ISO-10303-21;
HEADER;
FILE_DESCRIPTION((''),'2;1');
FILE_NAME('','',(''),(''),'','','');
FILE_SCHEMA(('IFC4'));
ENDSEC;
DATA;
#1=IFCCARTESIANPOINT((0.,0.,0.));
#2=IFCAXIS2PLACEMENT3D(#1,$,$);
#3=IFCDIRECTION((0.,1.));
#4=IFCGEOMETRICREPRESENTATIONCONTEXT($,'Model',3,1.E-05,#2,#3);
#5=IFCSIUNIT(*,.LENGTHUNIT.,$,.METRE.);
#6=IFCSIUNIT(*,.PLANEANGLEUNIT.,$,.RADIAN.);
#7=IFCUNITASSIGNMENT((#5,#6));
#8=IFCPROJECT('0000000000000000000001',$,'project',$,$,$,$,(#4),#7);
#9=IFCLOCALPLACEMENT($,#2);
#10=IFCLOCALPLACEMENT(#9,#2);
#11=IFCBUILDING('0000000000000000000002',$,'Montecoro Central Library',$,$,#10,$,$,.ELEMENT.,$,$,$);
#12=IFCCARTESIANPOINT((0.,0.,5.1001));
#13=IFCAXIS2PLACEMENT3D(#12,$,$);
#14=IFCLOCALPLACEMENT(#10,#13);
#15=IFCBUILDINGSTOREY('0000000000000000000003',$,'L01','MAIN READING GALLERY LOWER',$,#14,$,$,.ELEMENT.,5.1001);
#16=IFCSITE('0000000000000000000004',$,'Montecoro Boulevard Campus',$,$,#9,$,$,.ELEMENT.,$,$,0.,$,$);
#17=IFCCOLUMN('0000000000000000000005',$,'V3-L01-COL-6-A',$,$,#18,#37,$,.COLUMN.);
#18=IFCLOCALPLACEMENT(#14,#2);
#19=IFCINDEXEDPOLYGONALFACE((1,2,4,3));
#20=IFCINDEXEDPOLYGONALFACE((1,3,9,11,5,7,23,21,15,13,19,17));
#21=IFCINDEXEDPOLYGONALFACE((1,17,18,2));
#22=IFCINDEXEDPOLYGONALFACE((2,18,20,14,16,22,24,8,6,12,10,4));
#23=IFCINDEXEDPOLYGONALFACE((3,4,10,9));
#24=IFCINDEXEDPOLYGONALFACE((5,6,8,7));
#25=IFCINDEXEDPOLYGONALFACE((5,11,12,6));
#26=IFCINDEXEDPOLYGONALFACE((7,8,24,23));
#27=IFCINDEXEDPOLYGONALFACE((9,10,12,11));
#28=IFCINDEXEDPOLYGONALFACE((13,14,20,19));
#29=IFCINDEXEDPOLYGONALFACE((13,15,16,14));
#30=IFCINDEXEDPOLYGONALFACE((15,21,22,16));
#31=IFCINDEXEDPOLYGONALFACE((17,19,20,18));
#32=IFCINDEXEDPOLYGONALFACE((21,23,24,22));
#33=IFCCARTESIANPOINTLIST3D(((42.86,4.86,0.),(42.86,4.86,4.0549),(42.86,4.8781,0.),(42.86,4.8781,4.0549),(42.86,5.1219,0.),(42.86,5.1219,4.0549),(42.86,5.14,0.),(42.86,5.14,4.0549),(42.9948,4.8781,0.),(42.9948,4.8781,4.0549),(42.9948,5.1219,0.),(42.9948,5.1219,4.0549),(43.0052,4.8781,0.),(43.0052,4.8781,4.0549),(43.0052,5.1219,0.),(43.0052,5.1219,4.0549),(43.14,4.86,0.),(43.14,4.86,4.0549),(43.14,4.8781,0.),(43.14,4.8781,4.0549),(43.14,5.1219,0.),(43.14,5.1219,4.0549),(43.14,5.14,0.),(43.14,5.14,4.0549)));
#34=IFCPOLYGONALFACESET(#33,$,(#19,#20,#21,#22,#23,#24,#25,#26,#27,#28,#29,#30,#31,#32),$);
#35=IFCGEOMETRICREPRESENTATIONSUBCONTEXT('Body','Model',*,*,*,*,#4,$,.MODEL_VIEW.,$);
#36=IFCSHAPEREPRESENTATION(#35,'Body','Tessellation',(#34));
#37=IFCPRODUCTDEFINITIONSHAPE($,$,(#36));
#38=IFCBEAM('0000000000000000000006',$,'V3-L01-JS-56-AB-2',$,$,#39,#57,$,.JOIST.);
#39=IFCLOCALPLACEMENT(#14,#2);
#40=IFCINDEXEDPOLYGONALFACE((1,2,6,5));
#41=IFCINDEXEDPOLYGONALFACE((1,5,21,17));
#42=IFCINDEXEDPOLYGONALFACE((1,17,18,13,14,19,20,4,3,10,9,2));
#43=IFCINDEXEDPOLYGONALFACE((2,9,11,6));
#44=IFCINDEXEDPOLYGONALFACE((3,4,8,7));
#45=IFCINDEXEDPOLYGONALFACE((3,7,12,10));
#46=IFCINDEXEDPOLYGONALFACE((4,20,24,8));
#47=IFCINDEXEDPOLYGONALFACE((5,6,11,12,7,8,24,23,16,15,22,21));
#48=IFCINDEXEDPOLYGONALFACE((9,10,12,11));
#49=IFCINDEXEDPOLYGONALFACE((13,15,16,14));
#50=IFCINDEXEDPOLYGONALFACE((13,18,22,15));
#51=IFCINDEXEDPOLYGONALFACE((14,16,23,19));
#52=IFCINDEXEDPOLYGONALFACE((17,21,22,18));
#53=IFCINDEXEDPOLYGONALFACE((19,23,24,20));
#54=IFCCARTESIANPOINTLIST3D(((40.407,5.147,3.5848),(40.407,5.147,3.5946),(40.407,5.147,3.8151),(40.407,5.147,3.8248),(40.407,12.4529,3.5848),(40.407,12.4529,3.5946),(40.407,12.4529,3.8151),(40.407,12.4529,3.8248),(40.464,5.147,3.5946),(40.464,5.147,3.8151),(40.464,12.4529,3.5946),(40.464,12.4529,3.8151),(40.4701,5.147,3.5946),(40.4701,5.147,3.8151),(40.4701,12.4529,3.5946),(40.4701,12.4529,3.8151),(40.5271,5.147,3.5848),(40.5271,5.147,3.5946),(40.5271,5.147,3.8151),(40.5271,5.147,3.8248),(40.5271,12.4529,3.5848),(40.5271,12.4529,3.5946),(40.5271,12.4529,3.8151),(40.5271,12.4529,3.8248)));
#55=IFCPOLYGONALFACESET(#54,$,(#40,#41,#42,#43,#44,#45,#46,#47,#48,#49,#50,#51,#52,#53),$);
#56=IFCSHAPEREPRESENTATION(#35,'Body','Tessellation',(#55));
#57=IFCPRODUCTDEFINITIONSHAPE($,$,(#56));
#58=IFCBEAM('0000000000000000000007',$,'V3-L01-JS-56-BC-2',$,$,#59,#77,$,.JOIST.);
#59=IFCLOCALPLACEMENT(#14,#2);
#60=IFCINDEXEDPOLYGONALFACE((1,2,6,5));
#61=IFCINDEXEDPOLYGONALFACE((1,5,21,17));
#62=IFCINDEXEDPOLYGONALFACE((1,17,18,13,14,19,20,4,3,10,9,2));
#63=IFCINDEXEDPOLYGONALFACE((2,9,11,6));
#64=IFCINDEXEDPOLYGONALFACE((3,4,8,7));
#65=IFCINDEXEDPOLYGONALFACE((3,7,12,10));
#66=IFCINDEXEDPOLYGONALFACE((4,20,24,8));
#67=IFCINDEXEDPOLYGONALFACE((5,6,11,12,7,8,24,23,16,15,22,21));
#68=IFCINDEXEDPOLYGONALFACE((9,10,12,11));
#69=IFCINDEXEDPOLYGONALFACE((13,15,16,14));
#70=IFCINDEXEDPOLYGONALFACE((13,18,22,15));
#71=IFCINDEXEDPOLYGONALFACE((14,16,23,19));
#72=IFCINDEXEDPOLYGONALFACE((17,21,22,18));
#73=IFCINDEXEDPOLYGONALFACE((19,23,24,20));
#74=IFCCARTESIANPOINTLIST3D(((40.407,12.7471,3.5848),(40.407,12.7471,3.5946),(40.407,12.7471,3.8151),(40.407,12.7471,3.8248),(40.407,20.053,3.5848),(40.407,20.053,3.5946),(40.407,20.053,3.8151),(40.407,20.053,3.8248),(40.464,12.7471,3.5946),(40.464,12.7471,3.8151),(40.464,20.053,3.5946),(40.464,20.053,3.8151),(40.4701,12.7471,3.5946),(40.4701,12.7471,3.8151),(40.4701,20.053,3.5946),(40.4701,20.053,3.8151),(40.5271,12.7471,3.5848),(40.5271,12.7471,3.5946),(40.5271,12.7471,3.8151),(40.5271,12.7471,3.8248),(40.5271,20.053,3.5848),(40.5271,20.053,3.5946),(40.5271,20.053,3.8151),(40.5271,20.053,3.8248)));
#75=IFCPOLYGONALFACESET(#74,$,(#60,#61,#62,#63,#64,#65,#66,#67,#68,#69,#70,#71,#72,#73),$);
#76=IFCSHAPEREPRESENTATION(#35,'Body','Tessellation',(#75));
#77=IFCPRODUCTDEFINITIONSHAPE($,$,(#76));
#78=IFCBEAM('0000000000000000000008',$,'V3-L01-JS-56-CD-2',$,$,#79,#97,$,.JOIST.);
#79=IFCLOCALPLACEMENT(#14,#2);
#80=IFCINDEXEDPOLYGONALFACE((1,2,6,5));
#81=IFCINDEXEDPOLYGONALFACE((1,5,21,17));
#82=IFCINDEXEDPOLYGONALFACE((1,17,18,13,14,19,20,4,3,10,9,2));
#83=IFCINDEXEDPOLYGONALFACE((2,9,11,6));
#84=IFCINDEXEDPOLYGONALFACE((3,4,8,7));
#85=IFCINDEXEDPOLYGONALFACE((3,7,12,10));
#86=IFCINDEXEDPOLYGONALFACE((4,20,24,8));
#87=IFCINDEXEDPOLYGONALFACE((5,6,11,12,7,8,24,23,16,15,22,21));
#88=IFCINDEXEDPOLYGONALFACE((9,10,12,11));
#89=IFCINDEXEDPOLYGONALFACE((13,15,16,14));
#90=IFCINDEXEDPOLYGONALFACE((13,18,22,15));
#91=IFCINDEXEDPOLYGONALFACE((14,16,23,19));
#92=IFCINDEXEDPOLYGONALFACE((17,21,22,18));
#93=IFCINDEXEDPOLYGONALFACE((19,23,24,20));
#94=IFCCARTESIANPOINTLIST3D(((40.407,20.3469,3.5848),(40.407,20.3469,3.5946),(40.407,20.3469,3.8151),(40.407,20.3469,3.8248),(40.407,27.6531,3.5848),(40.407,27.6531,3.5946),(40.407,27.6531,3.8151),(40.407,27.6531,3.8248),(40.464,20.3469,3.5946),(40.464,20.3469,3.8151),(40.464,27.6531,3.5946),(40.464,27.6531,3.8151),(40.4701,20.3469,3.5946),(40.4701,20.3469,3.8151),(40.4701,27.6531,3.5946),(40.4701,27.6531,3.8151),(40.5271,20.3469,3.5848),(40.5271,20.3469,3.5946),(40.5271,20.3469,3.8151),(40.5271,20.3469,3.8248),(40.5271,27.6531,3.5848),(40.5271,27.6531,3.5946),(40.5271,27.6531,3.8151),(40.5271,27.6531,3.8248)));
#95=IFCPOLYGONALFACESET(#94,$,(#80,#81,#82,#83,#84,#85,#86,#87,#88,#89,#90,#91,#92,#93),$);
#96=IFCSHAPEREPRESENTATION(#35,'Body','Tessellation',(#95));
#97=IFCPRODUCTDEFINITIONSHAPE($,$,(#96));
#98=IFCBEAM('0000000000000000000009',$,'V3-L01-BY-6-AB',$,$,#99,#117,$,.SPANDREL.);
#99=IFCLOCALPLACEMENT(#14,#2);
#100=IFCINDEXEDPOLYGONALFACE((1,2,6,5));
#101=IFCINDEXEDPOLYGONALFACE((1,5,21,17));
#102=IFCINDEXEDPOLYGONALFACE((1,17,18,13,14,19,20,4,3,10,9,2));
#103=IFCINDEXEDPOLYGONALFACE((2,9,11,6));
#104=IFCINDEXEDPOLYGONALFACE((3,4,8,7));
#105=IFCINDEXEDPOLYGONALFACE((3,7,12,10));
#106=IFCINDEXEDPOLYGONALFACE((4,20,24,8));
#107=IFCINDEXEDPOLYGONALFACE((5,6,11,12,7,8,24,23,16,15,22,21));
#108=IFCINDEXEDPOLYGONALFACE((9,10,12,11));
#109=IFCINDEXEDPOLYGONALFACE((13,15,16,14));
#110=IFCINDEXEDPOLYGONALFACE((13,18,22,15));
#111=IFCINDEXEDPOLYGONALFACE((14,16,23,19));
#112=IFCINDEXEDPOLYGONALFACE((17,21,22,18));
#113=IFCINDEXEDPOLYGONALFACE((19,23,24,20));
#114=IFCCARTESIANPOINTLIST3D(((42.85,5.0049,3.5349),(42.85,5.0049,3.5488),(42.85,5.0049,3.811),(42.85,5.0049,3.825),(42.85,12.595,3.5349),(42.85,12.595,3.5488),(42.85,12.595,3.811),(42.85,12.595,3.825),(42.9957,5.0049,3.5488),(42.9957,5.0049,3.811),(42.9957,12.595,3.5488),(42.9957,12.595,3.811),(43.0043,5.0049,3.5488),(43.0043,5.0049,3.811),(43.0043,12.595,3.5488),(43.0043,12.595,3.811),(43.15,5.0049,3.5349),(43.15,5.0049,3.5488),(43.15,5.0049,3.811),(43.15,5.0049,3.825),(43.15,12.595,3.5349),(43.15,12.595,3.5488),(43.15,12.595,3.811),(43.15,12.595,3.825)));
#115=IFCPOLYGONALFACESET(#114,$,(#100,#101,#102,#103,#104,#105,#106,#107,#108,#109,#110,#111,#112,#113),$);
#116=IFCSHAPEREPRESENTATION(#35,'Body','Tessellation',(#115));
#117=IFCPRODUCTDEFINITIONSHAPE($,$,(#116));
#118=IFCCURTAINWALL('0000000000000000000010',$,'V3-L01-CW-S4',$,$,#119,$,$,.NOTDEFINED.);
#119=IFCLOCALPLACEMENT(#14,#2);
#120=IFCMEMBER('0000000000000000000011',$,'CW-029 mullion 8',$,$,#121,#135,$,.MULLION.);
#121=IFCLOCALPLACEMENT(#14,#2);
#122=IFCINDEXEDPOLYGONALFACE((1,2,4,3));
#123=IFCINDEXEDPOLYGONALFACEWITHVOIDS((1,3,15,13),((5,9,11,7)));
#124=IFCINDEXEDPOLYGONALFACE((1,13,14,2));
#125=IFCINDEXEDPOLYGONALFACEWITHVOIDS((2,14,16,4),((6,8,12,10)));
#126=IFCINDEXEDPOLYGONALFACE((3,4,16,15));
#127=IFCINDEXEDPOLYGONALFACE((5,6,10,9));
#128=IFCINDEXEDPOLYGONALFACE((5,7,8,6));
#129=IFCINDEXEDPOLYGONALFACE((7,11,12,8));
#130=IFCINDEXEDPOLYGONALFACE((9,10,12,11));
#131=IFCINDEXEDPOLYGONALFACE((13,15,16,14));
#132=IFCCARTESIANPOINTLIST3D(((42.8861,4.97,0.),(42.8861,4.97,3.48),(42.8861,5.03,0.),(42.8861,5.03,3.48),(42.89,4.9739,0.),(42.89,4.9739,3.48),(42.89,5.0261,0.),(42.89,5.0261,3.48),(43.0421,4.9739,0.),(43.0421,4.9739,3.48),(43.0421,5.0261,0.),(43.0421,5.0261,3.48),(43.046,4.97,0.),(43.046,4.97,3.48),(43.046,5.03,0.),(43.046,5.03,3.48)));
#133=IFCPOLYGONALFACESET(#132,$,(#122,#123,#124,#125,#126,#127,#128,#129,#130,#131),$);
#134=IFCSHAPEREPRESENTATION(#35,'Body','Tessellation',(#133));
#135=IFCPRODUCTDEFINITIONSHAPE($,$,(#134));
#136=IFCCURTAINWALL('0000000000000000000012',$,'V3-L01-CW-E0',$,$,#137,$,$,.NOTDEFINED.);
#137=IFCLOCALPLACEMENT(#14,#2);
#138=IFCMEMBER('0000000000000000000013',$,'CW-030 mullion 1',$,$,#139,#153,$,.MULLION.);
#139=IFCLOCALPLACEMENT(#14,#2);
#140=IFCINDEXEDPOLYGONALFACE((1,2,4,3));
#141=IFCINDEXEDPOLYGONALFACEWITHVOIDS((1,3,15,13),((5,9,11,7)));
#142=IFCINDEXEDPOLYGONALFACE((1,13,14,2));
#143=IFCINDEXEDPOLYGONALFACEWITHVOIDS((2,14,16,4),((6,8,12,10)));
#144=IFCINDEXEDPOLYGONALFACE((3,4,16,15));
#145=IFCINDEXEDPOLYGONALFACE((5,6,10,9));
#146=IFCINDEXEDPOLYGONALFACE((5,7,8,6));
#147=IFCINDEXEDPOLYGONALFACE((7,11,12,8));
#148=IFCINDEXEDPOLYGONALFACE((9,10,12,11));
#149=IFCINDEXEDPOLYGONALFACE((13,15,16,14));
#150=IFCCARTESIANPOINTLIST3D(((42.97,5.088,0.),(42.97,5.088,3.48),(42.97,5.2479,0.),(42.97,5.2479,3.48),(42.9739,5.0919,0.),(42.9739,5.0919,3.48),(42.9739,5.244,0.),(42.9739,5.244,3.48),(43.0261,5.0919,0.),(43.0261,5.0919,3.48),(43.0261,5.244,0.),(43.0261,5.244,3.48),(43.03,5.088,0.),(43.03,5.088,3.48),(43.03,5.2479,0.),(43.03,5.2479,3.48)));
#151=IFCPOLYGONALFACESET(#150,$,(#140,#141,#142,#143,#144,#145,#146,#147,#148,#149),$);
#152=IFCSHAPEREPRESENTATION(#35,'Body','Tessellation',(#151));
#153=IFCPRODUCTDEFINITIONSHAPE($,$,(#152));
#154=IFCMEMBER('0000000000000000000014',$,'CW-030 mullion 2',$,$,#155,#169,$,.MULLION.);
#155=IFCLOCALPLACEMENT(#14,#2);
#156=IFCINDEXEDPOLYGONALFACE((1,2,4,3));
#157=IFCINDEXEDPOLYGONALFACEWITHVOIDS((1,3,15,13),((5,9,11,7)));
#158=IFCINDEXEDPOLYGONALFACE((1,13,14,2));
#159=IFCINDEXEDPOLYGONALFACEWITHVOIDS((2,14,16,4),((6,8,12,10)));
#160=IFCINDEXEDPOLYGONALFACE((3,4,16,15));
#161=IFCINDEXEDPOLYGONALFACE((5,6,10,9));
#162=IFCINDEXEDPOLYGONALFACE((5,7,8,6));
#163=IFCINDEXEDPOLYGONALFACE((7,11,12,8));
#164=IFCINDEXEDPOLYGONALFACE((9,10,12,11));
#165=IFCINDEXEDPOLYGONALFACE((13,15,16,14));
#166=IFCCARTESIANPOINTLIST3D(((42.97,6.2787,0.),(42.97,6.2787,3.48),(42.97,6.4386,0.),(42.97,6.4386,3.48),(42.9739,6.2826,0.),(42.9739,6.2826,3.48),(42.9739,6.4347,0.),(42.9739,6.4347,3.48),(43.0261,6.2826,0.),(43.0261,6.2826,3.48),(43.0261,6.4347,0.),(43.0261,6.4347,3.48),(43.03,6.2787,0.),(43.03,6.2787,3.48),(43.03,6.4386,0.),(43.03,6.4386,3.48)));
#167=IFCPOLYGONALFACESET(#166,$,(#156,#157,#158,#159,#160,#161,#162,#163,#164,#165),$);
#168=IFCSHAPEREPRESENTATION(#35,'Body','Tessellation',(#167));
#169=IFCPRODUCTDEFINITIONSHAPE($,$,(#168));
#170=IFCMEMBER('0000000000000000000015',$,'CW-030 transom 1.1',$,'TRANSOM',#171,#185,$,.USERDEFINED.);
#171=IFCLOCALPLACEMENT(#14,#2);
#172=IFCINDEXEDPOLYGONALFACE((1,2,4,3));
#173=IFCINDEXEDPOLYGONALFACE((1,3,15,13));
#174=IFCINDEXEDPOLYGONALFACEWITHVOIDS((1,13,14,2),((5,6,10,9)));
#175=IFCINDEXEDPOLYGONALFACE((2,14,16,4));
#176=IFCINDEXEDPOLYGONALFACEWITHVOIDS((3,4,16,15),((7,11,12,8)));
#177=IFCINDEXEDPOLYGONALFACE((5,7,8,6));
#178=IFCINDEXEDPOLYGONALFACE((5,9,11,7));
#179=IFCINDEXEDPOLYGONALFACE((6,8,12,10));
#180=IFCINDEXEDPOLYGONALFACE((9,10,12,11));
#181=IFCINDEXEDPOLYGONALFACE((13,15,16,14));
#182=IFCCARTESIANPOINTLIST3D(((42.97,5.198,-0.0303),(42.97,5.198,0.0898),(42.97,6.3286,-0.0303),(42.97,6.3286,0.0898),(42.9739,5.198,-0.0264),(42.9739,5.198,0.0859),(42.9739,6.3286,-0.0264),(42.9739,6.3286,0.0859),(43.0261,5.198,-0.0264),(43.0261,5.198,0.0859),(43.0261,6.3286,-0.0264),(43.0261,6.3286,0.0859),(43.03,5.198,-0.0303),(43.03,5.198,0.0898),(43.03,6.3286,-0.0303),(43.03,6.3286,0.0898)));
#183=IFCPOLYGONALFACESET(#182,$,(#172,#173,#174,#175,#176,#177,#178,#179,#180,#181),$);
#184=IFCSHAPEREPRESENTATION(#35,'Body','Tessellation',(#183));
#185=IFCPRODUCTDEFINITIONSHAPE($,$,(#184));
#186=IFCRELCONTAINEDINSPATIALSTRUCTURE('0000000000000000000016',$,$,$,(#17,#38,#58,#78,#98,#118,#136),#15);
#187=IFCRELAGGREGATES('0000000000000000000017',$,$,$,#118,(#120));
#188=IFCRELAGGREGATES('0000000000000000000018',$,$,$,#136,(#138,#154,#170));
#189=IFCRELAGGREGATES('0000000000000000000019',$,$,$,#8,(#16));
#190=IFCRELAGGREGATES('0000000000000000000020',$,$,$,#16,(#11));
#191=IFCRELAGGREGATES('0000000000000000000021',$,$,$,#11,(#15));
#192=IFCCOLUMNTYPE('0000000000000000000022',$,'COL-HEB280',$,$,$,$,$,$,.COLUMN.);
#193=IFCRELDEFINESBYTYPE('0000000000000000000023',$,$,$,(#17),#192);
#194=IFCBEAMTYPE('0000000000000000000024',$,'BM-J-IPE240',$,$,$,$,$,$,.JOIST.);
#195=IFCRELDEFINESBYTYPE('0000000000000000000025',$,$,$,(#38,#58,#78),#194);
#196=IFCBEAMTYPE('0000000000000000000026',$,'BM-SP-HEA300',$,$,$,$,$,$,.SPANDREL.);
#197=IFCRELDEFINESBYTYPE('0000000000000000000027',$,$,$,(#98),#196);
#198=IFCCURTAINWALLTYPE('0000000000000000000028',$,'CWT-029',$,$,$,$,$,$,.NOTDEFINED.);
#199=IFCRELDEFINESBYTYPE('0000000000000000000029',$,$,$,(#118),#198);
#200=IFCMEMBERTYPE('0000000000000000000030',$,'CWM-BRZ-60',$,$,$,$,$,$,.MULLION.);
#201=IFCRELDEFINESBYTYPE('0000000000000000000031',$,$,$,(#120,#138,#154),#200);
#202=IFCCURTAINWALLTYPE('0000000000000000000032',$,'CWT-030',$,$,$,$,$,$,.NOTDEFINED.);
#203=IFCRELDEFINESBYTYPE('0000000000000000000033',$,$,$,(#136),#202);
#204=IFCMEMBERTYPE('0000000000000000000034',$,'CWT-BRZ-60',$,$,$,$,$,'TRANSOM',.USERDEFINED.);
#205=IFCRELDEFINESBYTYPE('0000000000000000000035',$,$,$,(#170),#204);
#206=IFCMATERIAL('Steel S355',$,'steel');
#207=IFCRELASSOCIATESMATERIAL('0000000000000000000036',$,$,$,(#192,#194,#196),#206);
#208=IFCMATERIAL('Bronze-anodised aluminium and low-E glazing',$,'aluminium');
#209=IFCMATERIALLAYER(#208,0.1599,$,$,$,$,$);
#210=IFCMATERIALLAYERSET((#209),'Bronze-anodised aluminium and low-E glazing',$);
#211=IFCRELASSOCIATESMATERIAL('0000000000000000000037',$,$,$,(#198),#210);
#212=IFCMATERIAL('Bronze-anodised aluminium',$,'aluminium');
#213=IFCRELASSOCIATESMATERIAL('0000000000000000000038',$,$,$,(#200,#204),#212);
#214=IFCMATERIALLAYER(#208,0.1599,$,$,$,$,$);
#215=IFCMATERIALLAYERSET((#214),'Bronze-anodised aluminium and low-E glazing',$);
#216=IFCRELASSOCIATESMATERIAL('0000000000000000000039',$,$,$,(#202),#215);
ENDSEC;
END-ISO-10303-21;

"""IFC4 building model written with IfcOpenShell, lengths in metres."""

from ifc_helpers import new_model, si_unit, direction, frame, origin, origin_2d, place, context, subcontext, project, spatial, hollow_rectangle, i_section, extrude, material, layer, layer_set, material_profile, profile_set, type_object, element, aggregate, save


model = new_model("IFC4")

# Units and contexts
model_context = context("Model", 3, precision=1e-05, world=origin(), true_north=direction((0.0, 1.0)))
body_context = subcontext(model_context, "Body", "Model", "MODEL_VIEW")
ifc_project = project(units=[si_unit("LENGTHUNIT", "METRE"), si_unit("PLANEANGLEUNIT", "RADIAN")], contexts=[model_context])

# Site, building, storey
site_placement = place(None, origin())
site = spatial("IfcSite", under=ifc_project, at=site_placement, Name="Montecoro Boulevard Campus", CompositionType="ELEMENT", RefElevation=0.0)
building_placement = place(site_placement, origin())
building = spatial("IfcBuilding", under=site, at=building_placement, Name="Montecoro Central Library", CompositionType="ELEMENT")
storey_placement = place(building_placement, frame((0.0, 0.0, 5.1001)))
storey = spatial("IfcBuildingStorey", under=building, at=storey_placement, Name="L01", Description="MAIN READING GALLERY LOWER", CompositionType="ELEMENT", Elevation=5.1001)

# Column
ifc_material_1 = material(Name="Steel S355", Category="steel")
ifc_material_profile_1 = material_profile(ifc_material_1, i_section(OverallWidth=0.28, OverallDepth=0.28, WebThickness=0.0105, FlangeThickness=0.0181, at=origin_2d()), Name="HEB 280")
ifc_profile_set_1 = profile_set([ifc_material_profile_1], Name="Steel S355")
column_type = type_object("IfcColumnType", Name="COL-HEB280", PredefinedType="COLUMN", material=ifc_profile_set_1)
column_placement = place(storey_placement, frame((43.0, 5.0, 0.0), z_axis=(0.0, 0.0, 1.0), x_axis=(1.0, 0.0, 0.0)))
element("IfcColumn", 1, at=column_placement, inside=storey, type_object=column_type, Name="V3-L01-COL-6-A", PredefinedType="COLUMN", context=body_context, shape_type="SweptSolid", body=[
    extrude(i_section(OverallWidth=0.28, OverallDepth=0.28, WebThickness=0.0105, FlangeThickness=0.0181, at=origin_2d()), origin(), (0.0, 0.0, 1.0), 4.0549),
])

# Beams
ifc_material_profile_2 = material_profile(ifc_material_1, i_section(OverallWidth=0.1201, OverallDepth=0.24, WebThickness=0.0061, FlangeThickness=0.0098, at=origin_2d()), Name="IPE 240")
ifc_profile_set_2 = profile_set([ifc_material_profile_2], Name="Steel S355")
beam_type_1 = type_object("IfcBeamType", Name="BM-J-IPE240", PredefinedType="JOIST", material=ifc_profile_set_2)
for number, where, z_axis, x_axis, name in (
    (2, (40.467, 5.147, 3.7048), (0.0, 1.0, 0.0), (-1.0, 0.0, 0.0), "V3-L01-JS-56-AB-2"),
    (3, (40.467, 12.7471, 3.7048), (0.0, 1.0, 0.0), (-1.0, 0.0, 0.0), "V3-L01-JS-56-BC-2"),
):
    element("IfcBeam", number, at=place(storey_placement, frame(where, z_axis=z_axis, x_axis=x_axis)), inside=storey, type_object=beam_type_1, Name=name, PredefinedType="JOIST", context=body_context, shape_type="SweptSolid", body=[
        extrude(i_section(OverallWidth=0.1201, OverallDepth=0.24, WebThickness=0.0061, FlangeThickness=0.0098, at=origin_2d()), origin(), (0.0, 0.0, 1.0), 7.3059),
    ])
beam_1_placement = place(storey_placement, frame((40.467, 20.3469, 3.7048), z_axis=(0.0, 1.0, 0.0), x_axis=(-1.0, 0.0, 0.0)))
element("IfcBeam", 4, at=beam_1_placement, inside=storey, type_object=beam_type_1, Name="V3-L01-JS-56-CD-2", PredefinedType="JOIST", context=body_context, shape_type="SweptSolid", body=[
    extrude(i_section(OverallWidth=0.1201, OverallDepth=0.24, WebThickness=0.0061, FlangeThickness=0.0098, at=origin_2d()), origin(), (0.0, 0.0, 1.0), 7.3062),
])
ifc_material_profile_3 = material_profile(ifc_material_1, i_section(OverallWidth=0.3, OverallDepth=0.29, WebThickness=0.0085, FlangeThickness=0.0139, at=origin_2d()), Name="HEA 300")
ifc_profile_set_3 = profile_set([ifc_material_profile_3], Name="Steel S355")
beam_type_2 = type_object("IfcBeamType", Name="BM-SP-HEA300", PredefinedType="SPANDREL", material=ifc_profile_set_3)
beam_2_placement = place(storey_placement, frame((43.0, 5.0049, 3.6799), z_axis=(0.0, 1.0, 0.0), x_axis=(-1.0, 0.0, 0.0)))
element("IfcBeam", 5, at=beam_2_placement, inside=storey, type_object=beam_type_2, Name="V3-L01-BY-6-AB", PredefinedType="SPANDREL", context=body_context, shape_type="SweptSolid", body=[
    extrude(i_section(OverallWidth=0.3, OverallDepth=0.29, WebThickness=0.0085, FlangeThickness=0.0139, at=origin_2d()), origin(), (0.0, 0.0, 1.0), 7.5901),
])

# Curtain wall, member
ifc_material_2 = material(Name="Bronze-anodised aluminium and low-E glazing", Category="aluminium")
ifc_layer_1 = layer(ifc_material_2, 0.1599)
ifc_layer_set_1 = layer_set([ifc_layer_1], Name="Bronze-anodised aluminium and low-E glazing")
curtain_wall_type_1 = type_object("IfcCurtainWallType", Name="CWT-029", PredefinedType="NOTDEFINED", material=ifc_layer_set_1)
curtain_wall_1_placement = place(storey_placement, origin())
curtain_wall_1 = element("IfcCurtainWall", 6, at=curtain_wall_1_placement, inside=storey, type_object=curtain_wall_type_1, Name="V3-L01-CW-S4", PredefinedType="NOTDEFINED")
ifc_material_3 = material(Name="Bronze-anodised aluminium", Category="aluminium")
ifc_material_profile_4 = material_profile(ifc_material_3, hollow_rectangle(XDim=0.0601, YDim=0.1599, WallThickness=0.0039, at=origin_2d()), Name="CWM 160x60x4.0")
ifc_profile_set_4 = profile_set([ifc_material_profile_4], Name="Bronze-anodised aluminium")
member_type_1 = type_object("IfcMemberType", Name="CWM-BRZ-60", PredefinedType="MULLION", material=ifc_profile_set_4)
member_1_placement = place(storey_placement, frame((42.9661, 5.0, 0.0), z_axis=(0.0, 0.0, 1.0), x_axis=(0.0, 1.0, 0.0)))
member_1 = element("IfcMember", 7, at=member_1_placement, type_object=member_type_1, Name="CW-029 mullion 8", PredefinedType="MULLION", context=body_context, shape_type="SweptSolid", body=[
    extrude(hollow_rectangle(XDim=0.0601, YDim=0.1599, WallThickness=0.0039, at=origin_2d()), origin(), (0.0, 0.0, 1.0), 3.48),
])

# Curtain wall, members
ifc_layer_2 = layer(ifc_material_2, 0.1599)
ifc_layer_set_2 = layer_set([ifc_layer_2], Name="Bronze-anodised aluminium and low-E glazing")
curtain_wall_type_2 = type_object("IfcCurtainWallType", Name="CWT-030", PredefinedType="NOTDEFINED", material=ifc_layer_set_2)
curtain_wall_2_placement = place(storey_placement, origin())
curtain_wall_2 = element("IfcCurtainWall", 8, at=curtain_wall_2_placement, inside=storey, type_object=curtain_wall_type_2, Name="V3-L01-CW-E0", PredefinedType="NOTDEFINED")
member_2_placement = place(storey_placement, frame((43.0, 5.168, 0.0), z_axis=(0.0, 0.0, 1.0), x_axis=(-1.0, 0.0, 0.0)))
member_2 = element("IfcMember", 9, at=member_2_placement, type_object=member_type_1, Name="CW-030 mullion 1", PredefinedType="MULLION", context=body_context, shape_type="SweptSolid", body=[
    extrude(hollow_rectangle(XDim=0.0601, YDim=0.1599, WallThickness=0.0039, at=origin_2d()), origin(), (0.0, 0.0, 1.0), 3.48),
])
member_3_placement = place(storey_placement, frame((43.0, 6.3586, 0.0), z_axis=(0.0, 0.0, 1.0), x_axis=(-1.0, 0.0, 0.0)))
member_3 = element("IfcMember", 10, at=member_3_placement, type_object=member_type_1, Name="CW-030 mullion 2", PredefinedType="MULLION", context=body_context, shape_type="SweptSolid", body=[
    extrude(hollow_rectangle(XDim=0.0601, YDim=0.1599, WallThickness=0.0039, at=origin_2d()), origin(), (0.0, 0.0, 1.0), 3.48),
])
ifc_material_profile_5 = material_profile(ifc_material_3, hollow_rectangle(XDim=0.0601, YDim=0.1201, WallThickness=0.0039, at=origin_2d()), Name="CWT 120x60x4.0")
ifc_profile_set_5 = profile_set([ifc_material_profile_5], Name="Bronze-anodised aluminium")
member_type_2 = type_object("IfcMemberType", Name="CWT-BRZ-60", ElementType="TRANSOM", PredefinedType="USERDEFINED", material=ifc_profile_set_5)
member_4_placement = place(storey_placement, frame((43.0, 5.198, 0.0298), z_axis=(0.0, 1.0, 0.0), x_axis=(-1.0, 0.0, 0.0)))
member_4 = element("IfcMember", 11, at=member_4_placement, type_object=member_type_2, Name="CW-030 transom 1.1", ObjectType="TRANSOM", PredefinedType="USERDEFINED", context=body_context, shape_type="SweptSolid", body=[
    extrude(hollow_rectangle(XDim=0.0601, YDim=0.1201, WallThickness=0.0039, at=origin_2d()), origin(), (0.0, 0.0, 1.0), 1.1306),
])

aggregate(curtain_wall_1, [member_1])
aggregate(curtain_wall_2, [member_2, member_3, member_4])

save(model, "model.ifc")
